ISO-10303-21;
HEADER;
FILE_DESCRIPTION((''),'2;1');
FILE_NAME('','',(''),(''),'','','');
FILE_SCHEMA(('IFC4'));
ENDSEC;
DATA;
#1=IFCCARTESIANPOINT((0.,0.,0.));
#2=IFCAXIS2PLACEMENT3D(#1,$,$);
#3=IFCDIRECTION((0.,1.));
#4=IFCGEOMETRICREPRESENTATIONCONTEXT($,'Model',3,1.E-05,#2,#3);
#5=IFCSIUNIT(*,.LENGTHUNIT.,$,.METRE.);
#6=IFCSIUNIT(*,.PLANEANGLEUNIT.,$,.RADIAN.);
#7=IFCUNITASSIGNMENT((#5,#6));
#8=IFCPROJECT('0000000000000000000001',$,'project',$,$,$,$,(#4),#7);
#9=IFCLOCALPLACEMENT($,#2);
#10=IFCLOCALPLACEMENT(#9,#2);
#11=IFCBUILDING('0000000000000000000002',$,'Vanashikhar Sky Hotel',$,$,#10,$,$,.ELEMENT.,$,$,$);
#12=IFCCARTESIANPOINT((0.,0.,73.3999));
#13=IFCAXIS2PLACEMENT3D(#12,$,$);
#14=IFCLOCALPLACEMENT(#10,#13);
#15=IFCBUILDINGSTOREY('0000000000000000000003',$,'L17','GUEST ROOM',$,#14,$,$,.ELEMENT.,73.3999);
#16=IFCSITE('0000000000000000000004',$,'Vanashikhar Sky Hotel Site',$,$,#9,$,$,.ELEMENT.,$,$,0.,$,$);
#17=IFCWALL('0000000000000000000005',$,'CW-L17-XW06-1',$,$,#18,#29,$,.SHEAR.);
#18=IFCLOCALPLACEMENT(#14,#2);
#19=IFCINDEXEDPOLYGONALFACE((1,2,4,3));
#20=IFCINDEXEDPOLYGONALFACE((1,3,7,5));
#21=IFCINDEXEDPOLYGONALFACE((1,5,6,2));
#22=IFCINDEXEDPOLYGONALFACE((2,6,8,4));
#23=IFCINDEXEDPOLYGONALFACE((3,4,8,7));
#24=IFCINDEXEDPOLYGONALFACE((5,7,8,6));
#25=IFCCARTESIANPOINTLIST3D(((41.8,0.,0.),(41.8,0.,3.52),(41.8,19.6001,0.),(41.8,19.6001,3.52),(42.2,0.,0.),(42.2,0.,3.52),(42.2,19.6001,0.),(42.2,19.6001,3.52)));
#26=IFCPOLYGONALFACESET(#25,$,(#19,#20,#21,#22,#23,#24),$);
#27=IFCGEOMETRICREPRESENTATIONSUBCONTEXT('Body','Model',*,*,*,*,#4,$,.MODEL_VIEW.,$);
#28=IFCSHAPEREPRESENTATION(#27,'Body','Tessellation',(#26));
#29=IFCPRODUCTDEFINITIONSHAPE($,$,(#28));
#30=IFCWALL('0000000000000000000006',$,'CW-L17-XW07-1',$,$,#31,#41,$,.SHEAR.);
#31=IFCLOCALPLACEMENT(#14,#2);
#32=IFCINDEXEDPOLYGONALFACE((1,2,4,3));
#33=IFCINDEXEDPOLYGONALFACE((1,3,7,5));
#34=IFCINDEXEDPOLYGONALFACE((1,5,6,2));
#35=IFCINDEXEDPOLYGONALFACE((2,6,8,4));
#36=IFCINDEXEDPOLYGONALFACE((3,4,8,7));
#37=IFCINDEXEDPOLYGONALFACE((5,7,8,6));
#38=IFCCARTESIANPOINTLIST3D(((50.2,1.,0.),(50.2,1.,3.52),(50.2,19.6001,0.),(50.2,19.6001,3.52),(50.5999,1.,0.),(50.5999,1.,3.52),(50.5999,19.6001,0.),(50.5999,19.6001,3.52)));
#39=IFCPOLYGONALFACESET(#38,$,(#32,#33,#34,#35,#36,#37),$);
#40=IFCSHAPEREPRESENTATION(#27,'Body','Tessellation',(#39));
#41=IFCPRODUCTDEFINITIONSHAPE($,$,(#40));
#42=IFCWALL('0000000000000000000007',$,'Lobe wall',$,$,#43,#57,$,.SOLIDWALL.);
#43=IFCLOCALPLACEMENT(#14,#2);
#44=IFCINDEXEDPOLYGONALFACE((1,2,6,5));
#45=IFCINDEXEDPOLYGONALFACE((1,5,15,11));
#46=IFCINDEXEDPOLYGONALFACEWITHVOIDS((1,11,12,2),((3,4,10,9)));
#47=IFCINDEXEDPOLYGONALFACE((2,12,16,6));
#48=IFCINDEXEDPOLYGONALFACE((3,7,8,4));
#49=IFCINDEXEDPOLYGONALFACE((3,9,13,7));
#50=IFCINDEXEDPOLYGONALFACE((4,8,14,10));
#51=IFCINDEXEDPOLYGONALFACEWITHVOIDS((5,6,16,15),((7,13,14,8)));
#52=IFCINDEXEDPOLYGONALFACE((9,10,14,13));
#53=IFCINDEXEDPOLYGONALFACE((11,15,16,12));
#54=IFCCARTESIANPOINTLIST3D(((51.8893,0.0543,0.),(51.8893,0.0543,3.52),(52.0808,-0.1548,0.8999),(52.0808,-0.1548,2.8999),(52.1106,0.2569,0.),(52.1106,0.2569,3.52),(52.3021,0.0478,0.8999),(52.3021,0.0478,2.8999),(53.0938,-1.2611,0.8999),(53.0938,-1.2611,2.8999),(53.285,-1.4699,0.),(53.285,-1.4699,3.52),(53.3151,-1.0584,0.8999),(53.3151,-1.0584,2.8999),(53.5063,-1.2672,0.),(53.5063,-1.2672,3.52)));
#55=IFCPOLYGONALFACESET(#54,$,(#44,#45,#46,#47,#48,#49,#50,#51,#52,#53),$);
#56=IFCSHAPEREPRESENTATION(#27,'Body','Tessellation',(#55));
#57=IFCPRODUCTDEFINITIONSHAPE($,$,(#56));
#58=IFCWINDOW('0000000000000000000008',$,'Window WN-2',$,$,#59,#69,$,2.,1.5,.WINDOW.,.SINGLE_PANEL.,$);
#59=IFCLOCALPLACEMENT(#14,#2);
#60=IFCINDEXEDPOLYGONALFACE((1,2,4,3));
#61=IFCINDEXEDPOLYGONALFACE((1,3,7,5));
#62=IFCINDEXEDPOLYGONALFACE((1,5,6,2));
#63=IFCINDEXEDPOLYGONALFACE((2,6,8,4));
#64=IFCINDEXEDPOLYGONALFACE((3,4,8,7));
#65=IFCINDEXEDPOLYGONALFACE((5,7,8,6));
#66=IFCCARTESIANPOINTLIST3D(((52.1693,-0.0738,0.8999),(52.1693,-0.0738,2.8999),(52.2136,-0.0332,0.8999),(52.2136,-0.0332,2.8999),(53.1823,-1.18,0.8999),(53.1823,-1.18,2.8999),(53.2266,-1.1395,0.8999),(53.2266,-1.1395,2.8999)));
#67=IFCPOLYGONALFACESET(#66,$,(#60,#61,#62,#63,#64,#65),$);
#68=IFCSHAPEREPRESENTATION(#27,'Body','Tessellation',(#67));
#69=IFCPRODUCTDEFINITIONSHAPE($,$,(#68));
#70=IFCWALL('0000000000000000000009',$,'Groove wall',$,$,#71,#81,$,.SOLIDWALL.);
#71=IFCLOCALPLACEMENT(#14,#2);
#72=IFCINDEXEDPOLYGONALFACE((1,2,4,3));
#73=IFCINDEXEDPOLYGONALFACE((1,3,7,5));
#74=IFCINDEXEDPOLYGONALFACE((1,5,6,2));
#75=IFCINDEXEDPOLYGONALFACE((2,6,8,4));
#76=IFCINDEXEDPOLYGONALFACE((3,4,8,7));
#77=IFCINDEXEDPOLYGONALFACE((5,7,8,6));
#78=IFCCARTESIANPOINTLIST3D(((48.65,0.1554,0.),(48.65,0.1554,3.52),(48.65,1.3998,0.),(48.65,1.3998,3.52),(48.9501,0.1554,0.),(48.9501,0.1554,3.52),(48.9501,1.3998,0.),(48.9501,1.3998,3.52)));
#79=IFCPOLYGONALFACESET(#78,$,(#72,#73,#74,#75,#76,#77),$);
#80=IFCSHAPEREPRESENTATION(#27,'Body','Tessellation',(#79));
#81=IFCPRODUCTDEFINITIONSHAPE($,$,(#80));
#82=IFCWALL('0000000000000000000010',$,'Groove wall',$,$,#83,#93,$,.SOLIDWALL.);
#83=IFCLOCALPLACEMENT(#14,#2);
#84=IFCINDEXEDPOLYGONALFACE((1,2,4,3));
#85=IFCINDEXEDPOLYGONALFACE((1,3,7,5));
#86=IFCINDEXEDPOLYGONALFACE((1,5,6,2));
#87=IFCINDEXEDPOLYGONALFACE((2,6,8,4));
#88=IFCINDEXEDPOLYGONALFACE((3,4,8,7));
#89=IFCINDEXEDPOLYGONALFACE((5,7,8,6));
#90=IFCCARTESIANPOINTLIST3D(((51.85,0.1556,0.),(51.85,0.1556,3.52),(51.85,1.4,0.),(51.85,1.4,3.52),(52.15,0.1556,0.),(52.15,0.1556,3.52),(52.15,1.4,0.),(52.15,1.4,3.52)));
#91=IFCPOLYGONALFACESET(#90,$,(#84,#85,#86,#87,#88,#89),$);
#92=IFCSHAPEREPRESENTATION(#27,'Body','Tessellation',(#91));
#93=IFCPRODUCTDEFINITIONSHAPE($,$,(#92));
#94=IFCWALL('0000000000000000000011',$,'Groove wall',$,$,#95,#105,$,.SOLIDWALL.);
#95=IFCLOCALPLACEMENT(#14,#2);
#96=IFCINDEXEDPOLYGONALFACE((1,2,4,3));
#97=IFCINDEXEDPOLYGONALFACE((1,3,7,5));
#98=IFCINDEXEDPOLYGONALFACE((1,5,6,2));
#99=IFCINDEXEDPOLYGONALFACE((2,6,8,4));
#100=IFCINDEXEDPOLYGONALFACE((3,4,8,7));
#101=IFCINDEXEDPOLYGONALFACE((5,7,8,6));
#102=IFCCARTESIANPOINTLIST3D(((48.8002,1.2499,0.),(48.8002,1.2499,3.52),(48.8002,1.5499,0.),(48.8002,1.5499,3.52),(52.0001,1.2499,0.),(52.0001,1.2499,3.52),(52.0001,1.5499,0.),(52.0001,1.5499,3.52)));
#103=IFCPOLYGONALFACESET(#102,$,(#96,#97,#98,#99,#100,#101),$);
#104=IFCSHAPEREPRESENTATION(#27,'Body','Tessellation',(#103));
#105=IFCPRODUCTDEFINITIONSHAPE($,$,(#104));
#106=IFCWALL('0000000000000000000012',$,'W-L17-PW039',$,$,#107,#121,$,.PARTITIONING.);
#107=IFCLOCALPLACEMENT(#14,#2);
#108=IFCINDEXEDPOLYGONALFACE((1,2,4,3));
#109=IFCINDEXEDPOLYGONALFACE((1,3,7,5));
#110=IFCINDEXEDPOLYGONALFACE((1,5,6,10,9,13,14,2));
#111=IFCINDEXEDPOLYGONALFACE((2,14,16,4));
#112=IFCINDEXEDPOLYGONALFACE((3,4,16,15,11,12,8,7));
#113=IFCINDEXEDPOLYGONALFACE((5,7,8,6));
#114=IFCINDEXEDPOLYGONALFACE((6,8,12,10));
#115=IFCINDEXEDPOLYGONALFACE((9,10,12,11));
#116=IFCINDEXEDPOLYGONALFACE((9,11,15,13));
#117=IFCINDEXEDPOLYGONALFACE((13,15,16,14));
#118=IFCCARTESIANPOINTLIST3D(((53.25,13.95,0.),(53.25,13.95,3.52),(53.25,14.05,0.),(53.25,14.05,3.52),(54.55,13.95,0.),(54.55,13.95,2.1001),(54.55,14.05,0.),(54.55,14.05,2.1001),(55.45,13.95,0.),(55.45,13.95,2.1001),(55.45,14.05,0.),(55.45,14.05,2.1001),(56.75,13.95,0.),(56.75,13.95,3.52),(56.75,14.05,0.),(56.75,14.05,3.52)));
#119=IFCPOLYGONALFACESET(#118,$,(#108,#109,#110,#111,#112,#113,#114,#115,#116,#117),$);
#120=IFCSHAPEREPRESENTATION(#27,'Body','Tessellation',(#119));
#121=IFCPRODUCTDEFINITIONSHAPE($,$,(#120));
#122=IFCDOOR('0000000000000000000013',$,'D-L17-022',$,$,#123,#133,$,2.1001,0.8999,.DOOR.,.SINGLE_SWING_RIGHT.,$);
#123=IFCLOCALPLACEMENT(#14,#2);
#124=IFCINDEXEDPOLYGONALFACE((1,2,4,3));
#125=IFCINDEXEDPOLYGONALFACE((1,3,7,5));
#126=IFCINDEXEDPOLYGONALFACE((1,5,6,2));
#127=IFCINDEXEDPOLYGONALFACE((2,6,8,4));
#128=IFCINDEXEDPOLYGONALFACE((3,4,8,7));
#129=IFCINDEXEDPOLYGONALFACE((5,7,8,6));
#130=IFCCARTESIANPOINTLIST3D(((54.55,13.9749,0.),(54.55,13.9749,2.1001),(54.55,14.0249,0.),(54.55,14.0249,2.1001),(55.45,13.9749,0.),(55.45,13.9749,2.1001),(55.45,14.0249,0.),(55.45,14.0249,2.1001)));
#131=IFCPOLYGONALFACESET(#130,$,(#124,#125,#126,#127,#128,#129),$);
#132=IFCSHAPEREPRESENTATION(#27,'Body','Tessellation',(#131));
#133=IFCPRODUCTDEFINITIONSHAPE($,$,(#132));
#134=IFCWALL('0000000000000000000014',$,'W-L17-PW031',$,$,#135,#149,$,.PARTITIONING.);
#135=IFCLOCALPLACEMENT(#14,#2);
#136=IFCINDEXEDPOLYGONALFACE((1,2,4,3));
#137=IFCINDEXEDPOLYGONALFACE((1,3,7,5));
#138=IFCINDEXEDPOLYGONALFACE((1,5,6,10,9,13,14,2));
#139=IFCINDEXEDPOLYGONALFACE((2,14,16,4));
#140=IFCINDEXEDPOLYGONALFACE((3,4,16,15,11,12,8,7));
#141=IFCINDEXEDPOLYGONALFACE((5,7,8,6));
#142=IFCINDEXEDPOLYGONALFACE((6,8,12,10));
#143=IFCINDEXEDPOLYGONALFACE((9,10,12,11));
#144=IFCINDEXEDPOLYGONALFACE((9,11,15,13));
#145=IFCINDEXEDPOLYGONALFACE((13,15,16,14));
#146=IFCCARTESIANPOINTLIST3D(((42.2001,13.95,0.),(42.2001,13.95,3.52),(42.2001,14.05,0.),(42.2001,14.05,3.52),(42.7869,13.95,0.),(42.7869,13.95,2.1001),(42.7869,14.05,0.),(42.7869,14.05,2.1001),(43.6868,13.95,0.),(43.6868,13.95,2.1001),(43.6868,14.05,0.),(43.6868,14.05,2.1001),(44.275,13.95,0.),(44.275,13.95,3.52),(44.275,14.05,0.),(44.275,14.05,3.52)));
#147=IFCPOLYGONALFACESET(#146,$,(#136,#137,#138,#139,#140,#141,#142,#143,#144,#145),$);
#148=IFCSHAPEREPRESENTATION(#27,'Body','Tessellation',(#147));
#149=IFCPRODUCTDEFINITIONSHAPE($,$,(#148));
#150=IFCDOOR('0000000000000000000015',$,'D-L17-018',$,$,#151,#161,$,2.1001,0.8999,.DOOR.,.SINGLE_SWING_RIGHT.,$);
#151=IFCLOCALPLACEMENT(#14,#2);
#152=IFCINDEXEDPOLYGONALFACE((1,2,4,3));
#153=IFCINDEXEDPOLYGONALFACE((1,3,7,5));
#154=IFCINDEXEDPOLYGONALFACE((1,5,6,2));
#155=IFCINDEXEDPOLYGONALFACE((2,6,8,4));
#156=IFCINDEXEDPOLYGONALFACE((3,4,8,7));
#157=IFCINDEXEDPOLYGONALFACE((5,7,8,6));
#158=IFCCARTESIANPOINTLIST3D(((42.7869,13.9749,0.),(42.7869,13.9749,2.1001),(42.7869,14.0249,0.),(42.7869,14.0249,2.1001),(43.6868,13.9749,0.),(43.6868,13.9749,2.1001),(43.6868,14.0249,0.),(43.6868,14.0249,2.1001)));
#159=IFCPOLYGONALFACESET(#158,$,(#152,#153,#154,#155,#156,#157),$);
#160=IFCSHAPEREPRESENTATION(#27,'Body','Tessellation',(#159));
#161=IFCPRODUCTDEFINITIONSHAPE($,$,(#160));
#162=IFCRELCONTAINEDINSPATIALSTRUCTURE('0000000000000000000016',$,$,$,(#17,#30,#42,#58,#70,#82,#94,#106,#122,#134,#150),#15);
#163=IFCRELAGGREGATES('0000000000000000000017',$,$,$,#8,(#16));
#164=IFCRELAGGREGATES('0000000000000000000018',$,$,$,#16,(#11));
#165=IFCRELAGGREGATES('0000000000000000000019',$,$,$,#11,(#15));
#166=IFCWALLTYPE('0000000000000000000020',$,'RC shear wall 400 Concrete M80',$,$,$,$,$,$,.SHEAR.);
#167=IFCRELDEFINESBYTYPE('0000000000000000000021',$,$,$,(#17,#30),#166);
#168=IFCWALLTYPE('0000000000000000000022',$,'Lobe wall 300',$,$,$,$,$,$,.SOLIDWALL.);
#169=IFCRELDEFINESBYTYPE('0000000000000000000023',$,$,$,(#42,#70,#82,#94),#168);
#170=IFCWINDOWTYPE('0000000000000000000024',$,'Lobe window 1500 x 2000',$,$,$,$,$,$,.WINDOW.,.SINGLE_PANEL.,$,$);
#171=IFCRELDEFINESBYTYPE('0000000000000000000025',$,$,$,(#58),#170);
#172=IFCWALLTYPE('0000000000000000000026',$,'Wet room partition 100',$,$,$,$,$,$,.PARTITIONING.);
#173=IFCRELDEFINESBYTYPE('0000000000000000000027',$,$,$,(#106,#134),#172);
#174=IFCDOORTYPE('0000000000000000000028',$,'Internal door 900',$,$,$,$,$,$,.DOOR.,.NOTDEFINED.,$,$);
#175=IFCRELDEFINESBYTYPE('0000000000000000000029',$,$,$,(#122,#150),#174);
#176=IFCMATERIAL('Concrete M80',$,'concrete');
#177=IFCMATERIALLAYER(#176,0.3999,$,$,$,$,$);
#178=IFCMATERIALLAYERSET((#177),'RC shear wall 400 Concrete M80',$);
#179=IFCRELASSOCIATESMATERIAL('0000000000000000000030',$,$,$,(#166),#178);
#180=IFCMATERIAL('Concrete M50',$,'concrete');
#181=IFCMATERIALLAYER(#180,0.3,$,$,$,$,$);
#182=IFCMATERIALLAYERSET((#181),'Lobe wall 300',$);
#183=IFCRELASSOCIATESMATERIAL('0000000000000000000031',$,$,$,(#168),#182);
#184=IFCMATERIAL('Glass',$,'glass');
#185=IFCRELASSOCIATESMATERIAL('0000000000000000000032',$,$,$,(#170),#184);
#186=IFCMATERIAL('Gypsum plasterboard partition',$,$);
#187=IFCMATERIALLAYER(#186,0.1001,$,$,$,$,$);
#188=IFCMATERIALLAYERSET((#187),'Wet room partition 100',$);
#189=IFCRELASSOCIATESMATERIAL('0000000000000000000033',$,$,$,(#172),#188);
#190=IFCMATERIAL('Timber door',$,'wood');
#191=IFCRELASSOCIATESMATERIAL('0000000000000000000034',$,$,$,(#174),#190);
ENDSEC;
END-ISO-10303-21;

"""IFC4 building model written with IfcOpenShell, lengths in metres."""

from ifc_helpers import new_model, si_unit, direction, frame, frame_2d, origin, place, context, subcontext, project, spatial, rectangle, extrude, source, transform, mapped, material, layer, layer_set, type_object, element, fill, save


model = new_model("IFC4")

# Units and contexts
model_context = context("Model", 3, precision=1e-05, world=origin(), true_north=direction((0.0, 1.0)))
body_context = subcontext(model_context, "Body", "Model", "MODEL_VIEW")
ifc_project = project(units=[si_unit("LENGTHUNIT", "METRE"), si_unit("PLANEANGLEUNIT", "RADIAN")], contexts=[model_context])

# Site, building, storey
site_placement = place(None, origin())
site = spatial("IfcSite", under=ifc_project, at=site_placement, Name="Vanashikhar Sky Hotel Site", CompositionType="ELEMENT", RefElevation=0.0)
building_placement = place(site_placement, origin())
building = spatial("IfcBuilding", under=site, at=building_placement, Name="Vanashikhar Sky Hotel", CompositionType="ELEMENT")
storey_placement = place(building_placement, frame((0.0, 0.0, 73.3999)))
storey = spatial("IfcBuildingStorey", under=building, at=storey_placement, Name="L17", Description="GUEST ROOM", CompositionType="ELEMENT", Elevation=73.3999)

# Walls
ifc_material_1 = material(Name="Concrete M80", Category="concrete")
ifc_layer_1 = layer(ifc_material_1, 0.3999)
ifc_layer_set_1 = layer_set([ifc_layer_1], Name="RC shear wall 400 Concrete M80")
wall_type_1 = type_object("IfcWallType", Name="RC shear wall 400 Concrete M80", PredefinedType="SHEAR", material=ifc_layer_set_1)
shared_shape_1 = source(origin(), body_context, "Body", "SweptSolid", [
    extrude(rectangle(XDim=19.6001, YDim=0.3999, at=frame_2d((9.8, 0.0))), origin(), (0.0, 0.0, 1.0), 3.52),
])
wall_1_placement = place(storey_placement, frame((42.0, 0.0, 0.0), z_axis=(0.0, 0.0, 1.0), x_axis=(0.0, 1.0, 0.0)))
element("IfcWall", 1, at=wall_1_placement, inside=storey, type_object=wall_type_1, Name="CW-L17-XW06-1", PredefinedType="SHEAR", context=body_context, shape_type="MappedRepresentation", body=[
    mapped(shared_shape_1, transform((0.0, 0.0, 0.0), scale=1.0)),
])
shared_shape_2 = source(origin(), body_context, "Body", "SweptSolid", [
    extrude(rectangle(XDim=18.6001, YDim=0.3999, at=frame_2d((9.3, 0.0))), origin(), (0.0, 0.0, 1.0), 3.52),
])
wall_2_placement = place(storey_placement, frame((50.3999, 1.0, 0.0), z_axis=(0.0, 0.0, 1.0), x_axis=(0.0, 1.0, 0.0)))
element("IfcWall", 2, at=wall_2_placement, inside=storey, type_object=wall_type_1, Name="CW-L17-XW07-1", PredefinedType="SHEAR", context=body_context, shape_type="MappedRepresentation", body=[
    mapped(shared_shape_2, transform((0.0, 0.0, 0.0), scale=1.0)),
])

# Wall, opening, window
ifc_material_2 = material(Name="Concrete M50", Category="concrete")
ifc_layer_2 = layer(ifc_material_2, 0.3)
ifc_layer_set_2 = layer_set([ifc_layer_2], Name="Lobe wall 300")
wall_type_2 = type_object("IfcWallType", Name="Lobe wall 300", PredefinedType="SOLIDWALL", material=ifc_layer_set_2)
shared_shape_3 = source(origin(), body_context, "Body", "SweptSolid", [
    extrude(rectangle(XDim=2.0667, YDim=0.3, at=frame_2d((1.0332, 0.0))), origin(), (0.0, 0.0, 1.0), 3.52),
])
wall_3_placement = place(storey_placement, frame((52.0, 0.1555, 0.0), z_axis=(0.0, 0.0, 1.0), x_axis=(0.675355, -0.737492, 0.0)))
wall_3 = element("IfcWall", 3, at=wall_3_placement, inside=storey, type_object=wall_type_2, Name="Lobe wall", PredefinedType="SOLIDWALL", context=body_context, shape_type="MappedRepresentation", body=[
    mapped(shared_shape_3, transform((0.0, 0.0, 0.0), scale=1.0)),
])
shared_shape_4 = source(origin(), body_context, "Body", "SweptSolid", [
    extrude(rectangle(XDim=1.5, YDim=2.0, at=frame_2d((0.75, 1.0))), frame((0.0, 0.1602, 0.0), z_axis=(0.0, -1.0, 0.0), x_axis=(1.0, 0.0, 0.0)), (0.0, 0.0, 1.0), 0.3201),
])
opening_1_placement = place(wall_3_placement, frame((0.2834, 0.0, 0.8999)))
opening_1 = element("IfcOpeningElement", 4, at=opening_1_placement, cuts=wall_3, PredefinedType="OPENING", context=body_context, shape_type="MappedRepresentation", body=[
    mapped(shared_shape_4, transform((0.0, 0.0, 0.0), scale=1.0)),
])
ifc_material_3 = material(Name="Glass", Category="glass")
window_type = type_object("IfcWindowType", Name="Lobe window 1500 x 2000", PartitioningType="SINGLE_PANEL", PredefinedType="WINDOW", material=ifc_material_3)
shared_shape_5 = source(origin(), body_context, "Body", "SweptSolid", [
    extrude(rectangle(XDim=1.5, YDim=2.0, at=frame_2d((0.75, 1.0))), frame((0.0, 0.03, 0.0), z_axis=(0.0, -1.0, 0.0), x_axis=(1.0, 0.0, 0.0)), (0.0, 0.0, 1.0), 0.0601),
])
window_placement = place(opening_1_placement, origin())
window = element("IfcWindow", 5, at=window_placement, inside=storey, type_object=window_type, Name="Window WN-2", OverallHeight=2.0, OverallWidth=1.5, PartitioningType="SINGLE_PANEL", PredefinedType="WINDOW", context=body_context, shape_type="MappedRepresentation", body=[
    mapped(shared_shape_5, transform((0.0, 0.0, 0.0), scale=1.0)),
])
fill(opening_1, window)

# Walls
shared_shape_6 = source(origin(), body_context, "Body", "SweptSolid", [
    extrude(rectangle(XDim=1.2444, YDim=0.3, at=frame_2d((0.6221, 0.0))), origin(), (0.0, 0.0, 1.0), 3.52),
])
for number, where, z_axis, x_axis, name in (
    (6, (48.8, 0.1555, 0.0), (0.0, 0.0, 1.0), (0.0, 1.0, 0.0), "Groove wall"),
    (7, (52.0, 1.3999, 0.0), (0.0, 0.0, 1.0), (0.0, -1.0, 0.0), "Groove wall"),
):
    element("IfcWall", number, at=place(storey_placement, frame(where, z_axis=z_axis, x_axis=x_axis)), inside=storey, type_object=wall_type_2, Name=name, PredefinedType="SOLIDWALL", context=body_context, shape_type="MappedRepresentation", body=[
        mapped(shared_shape_6, transform((0.0, 0.0, 0.0), scale=1.0)),
    ])
shared_shape_7 = source(origin(), body_context, "Body", "SweptSolid", [
    extrude(rectangle(XDim=3.2, YDim=0.3, at=frame_2d((1.6001, 0.0))), origin(), (0.0, 0.0, 1.0), 3.52),
])
wall_4_placement = place(storey_placement, frame((48.8, 1.3999, 0.0), z_axis=(0.0, 0.0, 1.0), x_axis=(1.0, 0.0, 0.0)))
element("IfcWall", 8, at=wall_4_placement, inside=storey, type_object=wall_type_2, Name="Groove wall", PredefinedType="SOLIDWALL", context=body_context, shape_type="MappedRepresentation", body=[
    mapped(shared_shape_7, transform((0.0, 0.0, 0.0), scale=1.0)),
])

# Walls, openings, doors
ifc_material_4 = material(Name="Gypsum plasterboard partition")
ifc_layer_3 = layer(ifc_material_4, 0.1001)
ifc_layer_set_3 = layer_set([ifc_layer_3], Name="Wet room partition 100")
wall_type_3 = type_object("IfcWallType", Name="Wet room partition 100", PredefinedType="PARTITIONING", material=ifc_layer_set_3)
shared_shape_8 = source(origin(), body_context, "Body", "SweptSolid", [
    extrude(rectangle(XDim=3.5, YDim=0.1001, at=frame_2d((1.75, 0.0))), origin(), (0.0, 0.0, 1.0), 3.52),
])
wall_5_placement = place(storey_placement, frame((53.25, 14.0, 0.0), z_axis=(0.0, 0.0, 1.0), x_axis=(1.0, 0.0, 0.0)))
wall_5 = element("IfcWall", 9, at=wall_5_placement, inside=storey, type_object=wall_type_3, Name="W-L17-PW039", PredefinedType="PARTITIONING", context=body_context, shape_type="MappedRepresentation", body=[
    mapped(shared_shape_8, transform((0.0, 0.0, 0.0), scale=1.0)),
])
shared_shape_9 = source(origin(), body_context, "Body", "SweptSolid", [
    extrude(rectangle(XDim=0.8999, YDim=2.1001, at=frame_2d((0.45, 1.05))), frame((0.0, 0.0601, 0.0), z_axis=(0.0, -1.0, 0.0), x_axis=(1.0, 0.0, 0.0)), (0.0, 0.0, 1.0), 0.1201),
])
opening_2_placement = place(wall_5_placement, frame((1.3, 0.0, 0.0)))
opening_2 = element("IfcOpeningElement", 10, at=opening_2_placement, cuts=wall_5, PredefinedType="OPENING", context=body_context, shape_type="MappedRepresentation", body=[
    mapped(shared_shape_9, transform((0.0, 0.0, 0.0), scale=1.0)),
])
ifc_material_5 = material(Name="Timber door", Category="wood")
door_type = type_object("IfcDoorType", Name="Internal door 900", OperationType="NOTDEFINED", PredefinedType="DOOR", material=ifc_material_5)
shared_shape_10 = source(origin(), body_context, "Body", "SweptSolid", [
    extrude(rectangle(XDim=0.8999, YDim=2.1001, at=frame_2d((0.45, 1.05))), frame((0.0, 0.0249, 0.0), z_axis=(0.0, -1.0, 0.0), x_axis=(1.0, 0.0, 0.0)), (0.0, 0.0, 1.0), 0.05),
])
door_1_placement = place(opening_2_placement, origin())
door_1 = element("IfcDoor", 11, at=door_1_placement, inside=storey, type_object=door_type, Name="D-L17-022", OperationType="SINGLE_SWING_RIGHT", OverallHeight=2.1001, OverallWidth=0.8999, PredefinedType="DOOR", context=body_context, shape_type="MappedRepresentation", body=[
    mapped(shared_shape_10, transform((0.0, 0.0, 0.0), scale=1.0)),
])
fill(opening_2, door_1)
shared_shape_11 = source(origin(), body_context, "Body", "SweptSolid", [
    extrude(rectangle(XDim=2.075, YDim=0.1001, at=frame_2d((1.0376, 0.0))), origin(), (0.0, 0.0, 1.0), 3.52),
])
wall_6_placement = place(storey_placement, frame((42.2, 14.0, 0.0), z_axis=(0.0, 0.0, 1.0), x_axis=(1.0, 0.0, 0.0)))
wall_6 = element("IfcWall", 12, at=wall_6_placement, inside=storey, type_object=wall_type_3, Name="W-L17-PW031", PredefinedType="PARTITIONING", context=body_context, shape_type="MappedRepresentation", body=[
    mapped(shared_shape_11, transform((0.0, 0.0, 0.0), scale=1.0)),
])
opening_3_placement = place(wall_6_placement, frame((0.5869, 0.0, 0.0)))
opening_3 = element("IfcOpeningElement", 13, at=opening_3_placement, cuts=wall_6, PredefinedType="OPENING", context=body_context, shape_type="MappedRepresentation", body=[
    mapped(shared_shape_9, transform((0.0, 0.0, 0.0), scale=1.0)),
])
door_2_placement = place(opening_3_placement, origin())
door_2 = element("IfcDoor", 14, at=door_2_placement, inside=storey, type_object=door_type, Name="D-L17-018", OperationType="SINGLE_SWING_RIGHT", OverallHeight=2.1001, OverallWidth=0.8999, PredefinedType="DOOR", context=body_context, shape_type="MappedRepresentation", body=[
    mapped(shared_shape_10, transform((0.0, 0.0, 0.0), scale=1.0)),
])
fill(opening_3, door_2)

save(model, "model.ifc")
